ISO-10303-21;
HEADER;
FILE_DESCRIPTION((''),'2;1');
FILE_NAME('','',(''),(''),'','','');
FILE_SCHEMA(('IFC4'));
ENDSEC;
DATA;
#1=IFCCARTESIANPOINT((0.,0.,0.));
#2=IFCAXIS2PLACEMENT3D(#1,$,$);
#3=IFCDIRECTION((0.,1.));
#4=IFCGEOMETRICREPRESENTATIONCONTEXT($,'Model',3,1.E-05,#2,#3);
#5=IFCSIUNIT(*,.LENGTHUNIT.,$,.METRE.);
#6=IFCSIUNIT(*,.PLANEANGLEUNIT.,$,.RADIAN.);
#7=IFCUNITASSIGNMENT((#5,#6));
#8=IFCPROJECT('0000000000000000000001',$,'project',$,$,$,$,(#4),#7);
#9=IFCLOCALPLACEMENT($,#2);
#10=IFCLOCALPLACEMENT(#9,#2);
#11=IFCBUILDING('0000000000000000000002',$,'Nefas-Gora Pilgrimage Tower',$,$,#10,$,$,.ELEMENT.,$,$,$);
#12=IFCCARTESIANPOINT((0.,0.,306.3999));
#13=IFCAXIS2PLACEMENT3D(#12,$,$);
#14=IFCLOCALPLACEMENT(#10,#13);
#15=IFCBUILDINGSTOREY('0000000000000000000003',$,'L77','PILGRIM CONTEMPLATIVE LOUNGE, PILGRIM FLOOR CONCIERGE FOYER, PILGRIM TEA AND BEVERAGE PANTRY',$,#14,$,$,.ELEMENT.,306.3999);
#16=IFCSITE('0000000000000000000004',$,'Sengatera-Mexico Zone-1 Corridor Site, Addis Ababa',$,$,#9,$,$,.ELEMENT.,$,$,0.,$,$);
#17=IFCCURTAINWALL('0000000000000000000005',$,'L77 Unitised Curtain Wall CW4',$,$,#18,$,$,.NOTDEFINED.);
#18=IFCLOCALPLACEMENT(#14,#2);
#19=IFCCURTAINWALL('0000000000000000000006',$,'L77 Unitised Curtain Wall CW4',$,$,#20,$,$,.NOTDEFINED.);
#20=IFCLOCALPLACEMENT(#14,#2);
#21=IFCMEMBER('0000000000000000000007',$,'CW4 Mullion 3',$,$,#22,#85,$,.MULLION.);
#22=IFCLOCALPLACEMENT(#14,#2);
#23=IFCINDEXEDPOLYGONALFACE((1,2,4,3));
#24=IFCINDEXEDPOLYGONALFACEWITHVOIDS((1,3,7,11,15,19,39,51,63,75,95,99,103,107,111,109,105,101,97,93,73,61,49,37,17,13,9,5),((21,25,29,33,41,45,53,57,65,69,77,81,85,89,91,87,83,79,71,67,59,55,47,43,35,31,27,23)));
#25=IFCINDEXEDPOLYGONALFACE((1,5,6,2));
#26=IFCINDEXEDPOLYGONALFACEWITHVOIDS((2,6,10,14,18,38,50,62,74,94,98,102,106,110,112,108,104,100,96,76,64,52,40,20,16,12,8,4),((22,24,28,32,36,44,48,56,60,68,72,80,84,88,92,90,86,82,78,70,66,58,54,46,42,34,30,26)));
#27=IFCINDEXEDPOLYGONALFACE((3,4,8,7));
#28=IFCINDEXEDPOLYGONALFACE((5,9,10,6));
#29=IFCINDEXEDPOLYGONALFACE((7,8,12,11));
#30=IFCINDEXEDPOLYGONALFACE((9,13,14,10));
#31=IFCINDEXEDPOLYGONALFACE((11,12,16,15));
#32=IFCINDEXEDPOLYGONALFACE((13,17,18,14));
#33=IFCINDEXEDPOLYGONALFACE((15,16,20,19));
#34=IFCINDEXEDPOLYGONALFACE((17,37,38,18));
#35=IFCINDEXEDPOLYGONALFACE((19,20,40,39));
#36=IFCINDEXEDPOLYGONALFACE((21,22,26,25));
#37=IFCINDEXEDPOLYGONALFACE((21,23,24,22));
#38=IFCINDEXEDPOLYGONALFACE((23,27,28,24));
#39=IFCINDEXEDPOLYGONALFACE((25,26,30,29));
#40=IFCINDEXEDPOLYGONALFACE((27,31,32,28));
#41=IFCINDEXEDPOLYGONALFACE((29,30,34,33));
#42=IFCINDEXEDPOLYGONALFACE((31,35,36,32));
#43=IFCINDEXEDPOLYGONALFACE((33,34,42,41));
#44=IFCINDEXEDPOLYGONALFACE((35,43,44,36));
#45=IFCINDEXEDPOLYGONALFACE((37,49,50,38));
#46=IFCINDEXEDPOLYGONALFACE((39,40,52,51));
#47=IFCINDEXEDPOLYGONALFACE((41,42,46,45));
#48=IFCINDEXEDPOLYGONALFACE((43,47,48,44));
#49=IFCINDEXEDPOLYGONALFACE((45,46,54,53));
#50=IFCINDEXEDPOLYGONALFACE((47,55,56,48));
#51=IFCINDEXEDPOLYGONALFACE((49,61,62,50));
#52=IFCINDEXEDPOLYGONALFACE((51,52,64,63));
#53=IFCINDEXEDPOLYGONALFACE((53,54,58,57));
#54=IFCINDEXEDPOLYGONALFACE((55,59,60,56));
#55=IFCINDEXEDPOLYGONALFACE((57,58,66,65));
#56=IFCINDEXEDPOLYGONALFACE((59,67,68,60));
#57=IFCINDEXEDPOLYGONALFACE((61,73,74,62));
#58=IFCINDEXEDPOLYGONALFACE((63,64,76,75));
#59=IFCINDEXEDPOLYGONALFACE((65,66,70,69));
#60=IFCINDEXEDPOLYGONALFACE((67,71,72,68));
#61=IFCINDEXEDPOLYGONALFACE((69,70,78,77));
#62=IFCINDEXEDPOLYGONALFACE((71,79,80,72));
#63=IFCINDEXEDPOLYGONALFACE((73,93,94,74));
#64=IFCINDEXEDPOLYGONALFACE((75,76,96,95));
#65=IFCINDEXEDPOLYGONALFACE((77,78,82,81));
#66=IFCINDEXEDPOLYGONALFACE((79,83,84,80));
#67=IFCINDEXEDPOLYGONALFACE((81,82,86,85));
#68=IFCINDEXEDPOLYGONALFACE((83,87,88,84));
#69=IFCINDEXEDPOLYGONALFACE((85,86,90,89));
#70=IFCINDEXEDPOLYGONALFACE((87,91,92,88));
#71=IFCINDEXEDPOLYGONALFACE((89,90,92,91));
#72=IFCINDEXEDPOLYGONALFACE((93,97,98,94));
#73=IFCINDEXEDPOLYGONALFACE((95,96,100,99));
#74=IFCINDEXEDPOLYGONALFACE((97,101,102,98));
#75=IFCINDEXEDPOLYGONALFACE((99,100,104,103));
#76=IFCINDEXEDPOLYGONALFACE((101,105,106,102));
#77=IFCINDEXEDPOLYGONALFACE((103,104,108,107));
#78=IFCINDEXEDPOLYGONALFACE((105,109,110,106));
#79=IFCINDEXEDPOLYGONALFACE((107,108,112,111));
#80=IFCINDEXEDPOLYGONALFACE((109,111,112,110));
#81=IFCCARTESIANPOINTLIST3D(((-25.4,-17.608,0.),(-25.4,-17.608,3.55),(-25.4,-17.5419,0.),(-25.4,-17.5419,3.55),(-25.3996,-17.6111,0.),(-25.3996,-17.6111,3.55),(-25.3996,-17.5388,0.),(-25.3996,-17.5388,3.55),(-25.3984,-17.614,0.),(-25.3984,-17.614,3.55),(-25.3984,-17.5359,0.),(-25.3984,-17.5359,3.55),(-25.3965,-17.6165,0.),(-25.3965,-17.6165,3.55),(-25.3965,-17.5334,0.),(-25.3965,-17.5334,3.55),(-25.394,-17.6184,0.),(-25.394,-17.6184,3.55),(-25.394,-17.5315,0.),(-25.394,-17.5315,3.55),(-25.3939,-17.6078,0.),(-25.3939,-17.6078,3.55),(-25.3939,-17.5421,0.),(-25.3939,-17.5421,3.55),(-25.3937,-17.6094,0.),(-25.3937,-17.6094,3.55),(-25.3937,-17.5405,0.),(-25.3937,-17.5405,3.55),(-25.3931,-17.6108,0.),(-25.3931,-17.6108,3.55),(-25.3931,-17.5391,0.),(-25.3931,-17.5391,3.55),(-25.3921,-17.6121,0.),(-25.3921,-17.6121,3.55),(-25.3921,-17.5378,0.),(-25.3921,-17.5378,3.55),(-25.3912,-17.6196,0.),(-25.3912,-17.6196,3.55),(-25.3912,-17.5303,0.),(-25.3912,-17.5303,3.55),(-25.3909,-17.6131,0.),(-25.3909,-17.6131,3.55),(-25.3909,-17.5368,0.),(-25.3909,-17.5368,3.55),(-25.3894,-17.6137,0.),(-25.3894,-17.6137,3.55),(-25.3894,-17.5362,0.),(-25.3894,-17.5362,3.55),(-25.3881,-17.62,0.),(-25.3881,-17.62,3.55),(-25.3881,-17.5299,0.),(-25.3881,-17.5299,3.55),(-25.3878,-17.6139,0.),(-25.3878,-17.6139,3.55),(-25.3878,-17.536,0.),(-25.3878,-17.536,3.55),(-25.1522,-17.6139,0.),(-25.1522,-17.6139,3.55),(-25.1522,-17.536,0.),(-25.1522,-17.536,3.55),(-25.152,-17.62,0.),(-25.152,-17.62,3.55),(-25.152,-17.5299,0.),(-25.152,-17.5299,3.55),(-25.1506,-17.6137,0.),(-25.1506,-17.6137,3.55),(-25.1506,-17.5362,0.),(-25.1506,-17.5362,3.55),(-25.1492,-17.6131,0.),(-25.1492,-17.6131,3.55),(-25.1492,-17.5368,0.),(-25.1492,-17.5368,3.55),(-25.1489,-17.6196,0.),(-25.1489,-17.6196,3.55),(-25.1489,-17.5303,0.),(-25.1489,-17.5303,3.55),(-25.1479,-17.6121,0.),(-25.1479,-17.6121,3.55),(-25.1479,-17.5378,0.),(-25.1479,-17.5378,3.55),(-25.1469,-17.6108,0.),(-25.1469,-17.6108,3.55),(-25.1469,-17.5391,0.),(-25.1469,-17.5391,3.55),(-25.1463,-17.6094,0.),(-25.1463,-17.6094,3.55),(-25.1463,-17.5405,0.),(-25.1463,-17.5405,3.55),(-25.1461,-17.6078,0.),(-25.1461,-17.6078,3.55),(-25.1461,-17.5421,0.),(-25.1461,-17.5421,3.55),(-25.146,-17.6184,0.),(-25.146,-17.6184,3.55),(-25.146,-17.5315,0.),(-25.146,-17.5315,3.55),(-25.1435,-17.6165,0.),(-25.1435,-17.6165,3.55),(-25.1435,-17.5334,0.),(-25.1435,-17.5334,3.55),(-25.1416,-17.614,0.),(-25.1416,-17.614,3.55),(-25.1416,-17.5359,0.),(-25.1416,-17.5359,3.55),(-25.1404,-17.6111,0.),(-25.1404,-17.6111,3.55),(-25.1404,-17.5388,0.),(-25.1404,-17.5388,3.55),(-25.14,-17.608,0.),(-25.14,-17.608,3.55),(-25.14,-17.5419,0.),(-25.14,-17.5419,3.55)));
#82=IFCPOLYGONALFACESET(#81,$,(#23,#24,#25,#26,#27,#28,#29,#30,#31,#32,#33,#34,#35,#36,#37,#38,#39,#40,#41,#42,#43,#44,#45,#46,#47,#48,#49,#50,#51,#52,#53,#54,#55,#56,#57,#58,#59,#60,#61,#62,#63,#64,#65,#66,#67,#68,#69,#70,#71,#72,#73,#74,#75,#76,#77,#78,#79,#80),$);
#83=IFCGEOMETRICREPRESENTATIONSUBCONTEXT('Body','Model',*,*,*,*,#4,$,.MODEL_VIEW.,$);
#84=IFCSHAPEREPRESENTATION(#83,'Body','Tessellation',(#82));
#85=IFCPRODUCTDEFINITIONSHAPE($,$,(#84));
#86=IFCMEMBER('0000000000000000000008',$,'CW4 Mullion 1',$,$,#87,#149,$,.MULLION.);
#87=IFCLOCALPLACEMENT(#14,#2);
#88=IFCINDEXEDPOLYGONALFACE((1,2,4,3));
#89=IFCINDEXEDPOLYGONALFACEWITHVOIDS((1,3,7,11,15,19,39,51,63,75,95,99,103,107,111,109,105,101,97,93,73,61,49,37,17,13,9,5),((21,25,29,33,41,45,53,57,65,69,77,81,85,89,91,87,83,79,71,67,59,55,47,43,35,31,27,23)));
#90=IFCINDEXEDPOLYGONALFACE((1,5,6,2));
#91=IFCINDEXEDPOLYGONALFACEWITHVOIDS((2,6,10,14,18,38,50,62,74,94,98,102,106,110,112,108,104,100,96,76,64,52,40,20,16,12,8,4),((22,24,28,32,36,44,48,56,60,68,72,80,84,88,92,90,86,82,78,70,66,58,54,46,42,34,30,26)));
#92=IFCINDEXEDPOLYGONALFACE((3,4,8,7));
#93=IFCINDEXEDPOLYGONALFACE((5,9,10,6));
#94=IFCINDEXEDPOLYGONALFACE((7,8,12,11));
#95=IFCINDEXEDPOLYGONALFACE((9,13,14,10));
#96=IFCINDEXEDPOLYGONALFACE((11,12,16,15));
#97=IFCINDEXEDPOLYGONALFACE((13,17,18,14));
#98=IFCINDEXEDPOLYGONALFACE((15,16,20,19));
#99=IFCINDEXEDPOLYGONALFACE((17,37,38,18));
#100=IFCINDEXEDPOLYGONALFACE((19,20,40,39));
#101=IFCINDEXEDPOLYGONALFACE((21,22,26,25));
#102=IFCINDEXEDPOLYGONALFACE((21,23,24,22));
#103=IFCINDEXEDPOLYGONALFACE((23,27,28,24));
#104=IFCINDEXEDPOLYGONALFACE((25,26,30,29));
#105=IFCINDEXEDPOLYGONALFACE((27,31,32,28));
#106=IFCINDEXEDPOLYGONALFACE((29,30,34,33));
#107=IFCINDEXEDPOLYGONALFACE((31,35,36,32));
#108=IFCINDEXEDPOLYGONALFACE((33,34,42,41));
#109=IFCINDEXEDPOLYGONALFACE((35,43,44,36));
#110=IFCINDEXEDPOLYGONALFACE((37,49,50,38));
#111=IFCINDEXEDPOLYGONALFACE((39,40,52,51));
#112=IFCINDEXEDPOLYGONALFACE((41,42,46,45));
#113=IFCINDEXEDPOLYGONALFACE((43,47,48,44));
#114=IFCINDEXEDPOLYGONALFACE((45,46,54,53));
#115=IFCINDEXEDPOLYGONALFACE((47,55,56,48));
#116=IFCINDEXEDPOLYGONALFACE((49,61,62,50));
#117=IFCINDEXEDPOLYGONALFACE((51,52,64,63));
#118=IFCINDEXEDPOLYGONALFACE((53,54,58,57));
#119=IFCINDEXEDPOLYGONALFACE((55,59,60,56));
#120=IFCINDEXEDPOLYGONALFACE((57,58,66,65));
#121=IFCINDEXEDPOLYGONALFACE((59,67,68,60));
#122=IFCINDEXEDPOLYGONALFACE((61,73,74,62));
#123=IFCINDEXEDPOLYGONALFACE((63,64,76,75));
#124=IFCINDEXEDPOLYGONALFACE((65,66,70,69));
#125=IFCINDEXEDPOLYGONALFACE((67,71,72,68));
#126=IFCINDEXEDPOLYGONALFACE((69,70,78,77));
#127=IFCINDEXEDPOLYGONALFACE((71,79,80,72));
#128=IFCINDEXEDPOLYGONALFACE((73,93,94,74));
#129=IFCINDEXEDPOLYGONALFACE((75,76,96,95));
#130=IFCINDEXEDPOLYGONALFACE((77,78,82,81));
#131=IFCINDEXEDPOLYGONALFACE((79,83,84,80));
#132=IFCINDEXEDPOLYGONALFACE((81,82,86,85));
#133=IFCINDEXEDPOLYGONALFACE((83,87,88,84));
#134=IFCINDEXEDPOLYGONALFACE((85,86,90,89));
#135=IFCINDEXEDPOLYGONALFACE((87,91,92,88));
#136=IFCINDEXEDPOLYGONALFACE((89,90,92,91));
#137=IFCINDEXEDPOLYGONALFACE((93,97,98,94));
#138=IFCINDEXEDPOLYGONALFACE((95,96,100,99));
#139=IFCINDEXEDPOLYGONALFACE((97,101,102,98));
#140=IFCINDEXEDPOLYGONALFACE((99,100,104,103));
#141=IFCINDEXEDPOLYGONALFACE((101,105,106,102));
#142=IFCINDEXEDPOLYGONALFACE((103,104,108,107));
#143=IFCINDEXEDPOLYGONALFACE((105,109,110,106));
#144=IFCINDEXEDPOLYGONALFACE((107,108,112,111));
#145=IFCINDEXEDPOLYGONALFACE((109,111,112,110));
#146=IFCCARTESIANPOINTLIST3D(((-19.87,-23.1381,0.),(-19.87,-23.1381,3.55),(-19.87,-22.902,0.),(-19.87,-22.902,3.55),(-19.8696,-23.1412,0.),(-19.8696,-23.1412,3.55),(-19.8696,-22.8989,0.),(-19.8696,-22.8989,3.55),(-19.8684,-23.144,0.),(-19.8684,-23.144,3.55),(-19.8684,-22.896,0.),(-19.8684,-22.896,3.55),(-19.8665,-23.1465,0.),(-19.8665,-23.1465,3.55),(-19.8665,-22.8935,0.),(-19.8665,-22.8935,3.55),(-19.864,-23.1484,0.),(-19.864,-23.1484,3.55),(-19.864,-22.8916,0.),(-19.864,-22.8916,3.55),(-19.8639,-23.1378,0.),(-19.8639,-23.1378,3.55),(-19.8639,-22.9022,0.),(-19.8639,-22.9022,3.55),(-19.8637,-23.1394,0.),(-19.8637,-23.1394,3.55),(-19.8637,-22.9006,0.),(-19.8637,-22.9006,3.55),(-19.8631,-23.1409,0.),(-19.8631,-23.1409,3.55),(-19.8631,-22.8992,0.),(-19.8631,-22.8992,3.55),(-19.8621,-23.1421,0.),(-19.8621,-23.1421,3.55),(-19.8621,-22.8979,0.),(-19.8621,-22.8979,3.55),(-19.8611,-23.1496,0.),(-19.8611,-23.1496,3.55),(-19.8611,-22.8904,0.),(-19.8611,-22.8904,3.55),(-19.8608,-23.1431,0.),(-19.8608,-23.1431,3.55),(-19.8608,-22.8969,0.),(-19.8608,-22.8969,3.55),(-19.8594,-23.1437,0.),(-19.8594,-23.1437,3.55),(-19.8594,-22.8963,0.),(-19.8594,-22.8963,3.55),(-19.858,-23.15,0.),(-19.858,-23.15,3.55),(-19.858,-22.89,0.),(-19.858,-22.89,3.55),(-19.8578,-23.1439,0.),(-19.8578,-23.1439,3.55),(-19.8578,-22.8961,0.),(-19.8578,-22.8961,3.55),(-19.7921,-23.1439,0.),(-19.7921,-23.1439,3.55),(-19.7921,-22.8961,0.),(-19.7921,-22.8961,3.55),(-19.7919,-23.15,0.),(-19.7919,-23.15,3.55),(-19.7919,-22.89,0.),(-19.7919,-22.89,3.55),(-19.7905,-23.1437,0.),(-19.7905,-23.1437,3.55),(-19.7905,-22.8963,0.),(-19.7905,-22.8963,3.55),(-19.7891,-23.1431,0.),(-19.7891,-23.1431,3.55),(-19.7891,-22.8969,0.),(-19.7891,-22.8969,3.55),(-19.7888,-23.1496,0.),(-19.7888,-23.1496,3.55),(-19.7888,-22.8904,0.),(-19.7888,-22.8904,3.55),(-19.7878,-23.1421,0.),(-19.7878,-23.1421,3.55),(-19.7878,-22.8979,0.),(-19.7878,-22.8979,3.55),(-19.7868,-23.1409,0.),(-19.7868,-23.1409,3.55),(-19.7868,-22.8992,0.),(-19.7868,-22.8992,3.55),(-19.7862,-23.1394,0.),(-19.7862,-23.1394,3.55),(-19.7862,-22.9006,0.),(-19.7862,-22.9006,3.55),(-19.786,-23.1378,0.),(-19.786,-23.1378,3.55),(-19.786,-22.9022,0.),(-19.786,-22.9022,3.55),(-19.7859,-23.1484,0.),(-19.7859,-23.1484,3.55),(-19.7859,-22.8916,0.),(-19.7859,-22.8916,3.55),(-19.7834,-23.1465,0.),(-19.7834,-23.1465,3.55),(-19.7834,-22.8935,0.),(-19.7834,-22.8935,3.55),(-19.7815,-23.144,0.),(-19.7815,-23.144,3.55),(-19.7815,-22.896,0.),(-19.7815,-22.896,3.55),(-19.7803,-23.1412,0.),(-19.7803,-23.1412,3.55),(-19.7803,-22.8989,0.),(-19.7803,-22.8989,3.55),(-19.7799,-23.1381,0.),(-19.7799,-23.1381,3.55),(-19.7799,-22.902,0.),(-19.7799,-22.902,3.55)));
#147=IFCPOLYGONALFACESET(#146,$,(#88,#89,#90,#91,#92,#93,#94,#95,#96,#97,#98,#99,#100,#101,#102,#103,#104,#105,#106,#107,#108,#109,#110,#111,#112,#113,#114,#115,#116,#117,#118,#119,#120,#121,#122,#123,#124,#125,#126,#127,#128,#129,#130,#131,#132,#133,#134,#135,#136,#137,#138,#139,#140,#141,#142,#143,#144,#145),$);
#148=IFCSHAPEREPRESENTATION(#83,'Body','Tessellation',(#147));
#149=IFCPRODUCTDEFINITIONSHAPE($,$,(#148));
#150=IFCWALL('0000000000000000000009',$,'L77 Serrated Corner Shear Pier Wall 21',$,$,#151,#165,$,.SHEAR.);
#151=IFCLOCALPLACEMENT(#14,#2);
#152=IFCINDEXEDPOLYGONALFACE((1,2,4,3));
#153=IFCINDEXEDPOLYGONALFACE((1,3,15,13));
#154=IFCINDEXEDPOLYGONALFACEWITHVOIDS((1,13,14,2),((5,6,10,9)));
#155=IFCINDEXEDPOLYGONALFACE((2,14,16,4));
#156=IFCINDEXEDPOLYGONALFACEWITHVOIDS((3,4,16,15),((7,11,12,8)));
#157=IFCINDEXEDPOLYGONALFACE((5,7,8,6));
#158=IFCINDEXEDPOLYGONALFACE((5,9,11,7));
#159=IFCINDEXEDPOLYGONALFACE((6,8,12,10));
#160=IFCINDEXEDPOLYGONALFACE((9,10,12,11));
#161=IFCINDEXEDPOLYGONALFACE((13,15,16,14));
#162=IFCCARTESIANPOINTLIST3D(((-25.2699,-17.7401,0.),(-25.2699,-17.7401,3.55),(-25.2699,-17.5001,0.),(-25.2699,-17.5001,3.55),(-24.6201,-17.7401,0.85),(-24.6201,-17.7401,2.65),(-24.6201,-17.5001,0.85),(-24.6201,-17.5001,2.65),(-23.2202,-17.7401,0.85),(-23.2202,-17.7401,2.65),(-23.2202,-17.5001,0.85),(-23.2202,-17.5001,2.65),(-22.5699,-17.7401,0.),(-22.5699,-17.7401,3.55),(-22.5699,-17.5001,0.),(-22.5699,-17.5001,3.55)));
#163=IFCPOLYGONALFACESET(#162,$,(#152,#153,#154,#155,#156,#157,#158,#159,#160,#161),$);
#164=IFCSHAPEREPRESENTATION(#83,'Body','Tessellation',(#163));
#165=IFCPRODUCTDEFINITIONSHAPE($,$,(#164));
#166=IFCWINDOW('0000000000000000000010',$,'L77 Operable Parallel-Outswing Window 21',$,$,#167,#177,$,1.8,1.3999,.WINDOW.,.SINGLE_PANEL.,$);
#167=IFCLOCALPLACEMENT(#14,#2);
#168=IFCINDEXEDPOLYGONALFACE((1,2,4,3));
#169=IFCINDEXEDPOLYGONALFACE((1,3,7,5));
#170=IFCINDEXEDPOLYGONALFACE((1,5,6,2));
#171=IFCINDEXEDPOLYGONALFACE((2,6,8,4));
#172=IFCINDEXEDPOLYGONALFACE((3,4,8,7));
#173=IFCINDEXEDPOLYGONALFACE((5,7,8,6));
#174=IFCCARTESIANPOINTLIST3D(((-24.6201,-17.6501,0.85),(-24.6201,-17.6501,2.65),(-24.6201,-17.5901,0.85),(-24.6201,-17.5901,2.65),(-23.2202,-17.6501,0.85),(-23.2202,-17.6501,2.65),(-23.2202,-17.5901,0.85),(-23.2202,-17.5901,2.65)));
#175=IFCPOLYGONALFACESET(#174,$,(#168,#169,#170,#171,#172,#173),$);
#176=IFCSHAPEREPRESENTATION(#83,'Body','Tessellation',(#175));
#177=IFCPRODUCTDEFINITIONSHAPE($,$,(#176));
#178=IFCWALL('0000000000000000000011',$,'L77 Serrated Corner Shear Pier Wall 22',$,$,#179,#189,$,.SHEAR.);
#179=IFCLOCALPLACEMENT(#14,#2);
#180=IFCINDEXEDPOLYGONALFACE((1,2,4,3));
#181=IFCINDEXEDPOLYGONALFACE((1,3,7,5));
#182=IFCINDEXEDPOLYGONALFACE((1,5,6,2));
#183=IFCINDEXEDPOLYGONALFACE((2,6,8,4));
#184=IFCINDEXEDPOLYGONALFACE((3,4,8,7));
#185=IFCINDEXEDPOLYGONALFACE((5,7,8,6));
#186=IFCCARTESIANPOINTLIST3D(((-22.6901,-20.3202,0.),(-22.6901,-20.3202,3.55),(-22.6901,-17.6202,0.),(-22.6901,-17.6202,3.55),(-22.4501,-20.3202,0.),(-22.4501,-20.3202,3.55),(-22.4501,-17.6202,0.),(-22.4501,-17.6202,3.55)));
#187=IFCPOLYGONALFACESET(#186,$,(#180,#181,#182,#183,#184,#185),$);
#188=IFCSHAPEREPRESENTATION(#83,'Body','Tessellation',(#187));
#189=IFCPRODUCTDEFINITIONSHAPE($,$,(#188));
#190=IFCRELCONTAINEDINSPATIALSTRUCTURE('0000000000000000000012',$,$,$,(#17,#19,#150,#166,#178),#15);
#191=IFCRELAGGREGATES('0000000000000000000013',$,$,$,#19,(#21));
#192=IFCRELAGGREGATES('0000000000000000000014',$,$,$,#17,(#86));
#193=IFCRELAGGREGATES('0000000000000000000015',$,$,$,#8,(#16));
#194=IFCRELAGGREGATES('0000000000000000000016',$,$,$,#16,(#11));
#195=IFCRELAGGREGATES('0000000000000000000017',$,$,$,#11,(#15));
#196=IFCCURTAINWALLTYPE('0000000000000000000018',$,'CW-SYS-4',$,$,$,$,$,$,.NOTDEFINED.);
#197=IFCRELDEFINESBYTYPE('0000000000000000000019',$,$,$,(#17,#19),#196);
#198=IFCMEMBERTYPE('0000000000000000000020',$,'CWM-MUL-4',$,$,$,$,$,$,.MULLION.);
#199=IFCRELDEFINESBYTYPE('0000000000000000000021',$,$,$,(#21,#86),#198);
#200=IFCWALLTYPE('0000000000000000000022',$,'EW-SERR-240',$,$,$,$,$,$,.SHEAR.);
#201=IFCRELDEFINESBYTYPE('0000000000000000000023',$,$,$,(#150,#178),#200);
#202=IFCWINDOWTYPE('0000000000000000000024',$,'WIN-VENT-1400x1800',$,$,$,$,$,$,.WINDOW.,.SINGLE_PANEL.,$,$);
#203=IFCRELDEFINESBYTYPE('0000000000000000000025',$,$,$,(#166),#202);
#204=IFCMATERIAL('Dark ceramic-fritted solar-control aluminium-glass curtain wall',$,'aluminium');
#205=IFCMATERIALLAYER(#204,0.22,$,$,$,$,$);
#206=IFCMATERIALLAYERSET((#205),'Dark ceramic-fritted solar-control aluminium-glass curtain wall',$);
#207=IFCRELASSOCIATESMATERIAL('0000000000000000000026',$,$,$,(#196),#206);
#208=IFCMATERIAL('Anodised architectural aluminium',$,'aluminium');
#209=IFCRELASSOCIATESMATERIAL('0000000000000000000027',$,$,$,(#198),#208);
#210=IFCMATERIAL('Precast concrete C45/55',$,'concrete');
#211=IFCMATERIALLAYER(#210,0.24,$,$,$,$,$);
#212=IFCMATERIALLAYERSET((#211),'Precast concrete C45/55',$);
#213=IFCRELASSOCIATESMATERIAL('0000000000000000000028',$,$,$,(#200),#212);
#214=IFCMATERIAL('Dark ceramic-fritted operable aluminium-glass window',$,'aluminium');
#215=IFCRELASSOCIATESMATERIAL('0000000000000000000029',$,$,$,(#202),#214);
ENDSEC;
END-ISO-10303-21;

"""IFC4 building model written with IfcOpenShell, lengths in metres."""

from ifc_helpers import new_model, si_unit, direction, frame, frame_2d, origin, origin_2d, place, context, subcontext, project, spatial, rectangle, hollow_rectangle, extrude, source, transform, mapped, material, layer, layer_set, material_profile, profile_set, type_object, element, fill, aggregate, save


model = new_model("IFC4")

# Units and contexts
model_context = context("Model", 3, precision=1e-05, world=origin(), true_north=direction((0.0, 1.0)))
body_context = subcontext(model_context, "Body", "Model", "MODEL_VIEW")
ifc_project = project(units=[si_unit("LENGTHUNIT", "METRE"), si_unit("PLANEANGLEUNIT", "RADIAN")], contexts=[model_context])

# Site, building, storey
site_placement = place(None, origin())
site = spatial("IfcSite", under=ifc_project, at=site_placement, Name="Sengatera-Mexico Zone-1 Corridor Site, Addis Ababa", CompositionType="ELEMENT", RefElevation=0.0)
building_placement = place(site_placement, origin())
building = spatial("IfcBuilding", under=site, at=building_placement, Name="Nefas-Gora Pilgrimage Tower", CompositionType="ELEMENT")
storey_placement = place(building_placement, frame((0.0, 0.0, 306.3999)))
storey = spatial("IfcBuildingStorey", under=building, at=storey_placement, Name="L77", Description="PILGRIM CONTEMPLATIVE LOUNGE, PILGRIM FLOOR CONCIERGE FOYER, PILGRIM TEA AND BEVERAGE PANTRY", CompositionType="ELEMENT", Elevation=306.3999)

# Curtain walls, member
ifc_material_1 = material(Name="Dark ceramic-fritted solar-control aluminium-glass curtain wall", Category="aluminium")
ifc_layer_1 = layer(ifc_material_1, 0.22)
ifc_layer_set_1 = layer_set([ifc_layer_1], Name="Dark ceramic-fritted solar-control aluminium-glass curtain wall")
curtain_wall_type = type_object("IfcCurtainWallType", Name="CW-SYS-4", PredefinedType="NOTDEFINED", material=ifc_layer_set_1)
curtain_wall_1_placement = place(storey_placement, origin())
curtain_wall_1 = element("IfcCurtainWall", 1, at=curtain_wall_1_placement, inside=storey, type_object=curtain_wall_type, Name="L77 Unitised Curtain Wall CW4", PredefinedType="NOTDEFINED")
ifc_material_2 = material(Name="Anodised architectural aluminium", Category="aluminium")
curtain_wall_2_placement = place(storey_placement, origin())
curtain_wall_2 = element("IfcCurtainWall", 2, at=curtain_wall_2_placement, inside=storey, type_object=curtain_wall_type, Name="L77 Unitised Curtain Wall CW4", PredefinedType="NOTDEFINED")
ifc_material_profile_1 = material_profile(ifc_material_2, hollow_rectangle(XDim=0.0901, YDim=0.26, WallThickness=0.0061, InnerFilletRadius=0.0061, OuterFilletRadius=0.012, at=origin_2d()), Name="ALU MULLION 90x260")
ifc_profile_set_1 = profile_set([ifc_material_profile_1], Name="Anodised architectural aluminium")
member_type_1 = type_object("IfcMemberType", Name="CWM-MUL-4", PredefinedType="MULLION", material=ifc_profile_set_1)
shared_shape_1 = source(origin(), body_context, "Body", "SweptSolid", [
    extrude(hollow_rectangle(XDim=0.0901, YDim=0.26, WallThickness=0.0061, InnerFilletRadius=0.0061, OuterFilletRadius=0.012, at=origin_2d()), origin(), (0.0, 0.0, 1.0), 3.55),
])
member_1_placement = place(storey_placement, frame((-25.27, -17.575, 0.0), z_axis=(0.0, 0.0, 1.0), x_axis=(0.0, -1.0, 0.0)))
member_1 = element("IfcMember", 3, at=member_1_placement, type_object=member_type_1, Name="CW4 Mullion 3", PredefinedType="MULLION", context=body_context, shape_type="MappedRepresentation", body=[
    mapped(shared_shape_1, transform((0.0, 0.0, 0.0), x_axis=(1.0, 0.0, 0.0), y_axis=(0.0, 1.0, 0.0), z_axis=(0.0, 0.0, 1.0), scale=1.0)),
])
aggregate(curtain_wall_2, [member_1])

# Member
member_2_placement = place(storey_placement, frame((-19.825, -23.02, 0.0), z_axis=(0.0, 0.0, 1.0), x_axis=(1.0, 0.0, 0.0)))
member_2 = element("IfcMember", 4, at=member_2_placement, type_object=member_type_1, Name="CW4 Mullion 1", PredefinedType="MULLION", context=body_context, shape_type="MappedRepresentation", body=[
    mapped(shared_shape_1, transform((0.0, 0.0, 0.0), x_axis=(1.0, 0.0, 0.0), y_axis=(0.0, 1.0, 0.0), z_axis=(0.0, 0.0, 1.0), scale=1.0)),
])
aggregate(curtain_wall_1, [member_2])

# Wall, opening, window
ifc_material_3 = material(Name="Precast concrete C45/55", Category="concrete")
ifc_layer_2 = layer(ifc_material_3, 0.24)
ifc_layer_set_2 = layer_set([ifc_layer_2], Name="Precast concrete C45/55")
wall_type_1 = type_object("IfcWallType", Name="EW-SERR-240", PredefinedType="SHEAR", material=ifc_layer_set_2)
shared_shape_2 = source(origin(), body_context, "Body", "SweptSolid", [
    extrude(rectangle(XDim=2.7, YDim=0.24, at=frame_2d((1.3501, 0.0))), origin(), (0.0, 0.0, 1.0), 3.55),
])
wall_1_placement = place(storey_placement, frame((-25.27, -17.6201, 0.0), z_axis=(0.0, 0.0, 1.0), x_axis=(1.0, 0.0, 0.0)))
wall_1 = element("IfcWall", 5, at=wall_1_placement, inside=storey, type_object=wall_type_1, Name="L77 Serrated Corner Shear Pier Wall 21", PredefinedType="SHEAR", context=body_context, shape_type="MappedRepresentation", body=[
    mapped(shared_shape_2, transform((0.0, 0.0, 0.0), x_axis=(1.0, 0.0, 0.0), y_axis=(0.0, 1.0, 0.0), z_axis=(0.0, 0.0, 1.0), scale=1.0)),
])
opening_1_placement = place(wall_1_placement, frame((0.6499, 0.0, 0.8501)))
opening_1 = element("IfcOpeningElement", 6, at=opening_1_placement, cuts=wall_1, PredefinedType="OPENING", context=body_context, shape_type="SweptSolid", body=[
    extrude(rectangle(XDim=1.3999, YDim=1.8, at=frame_2d((0.7, 0.8999))), frame((0.0, 0.1299, 0.0), z_axis=(0.0, -1.0, 0.0), x_axis=(1.0, 0.0, 0.0)), (0.0, 0.0, 1.0), 0.26),
])
ifc_material_4 = material(Name="Dark ceramic-fritted operable aluminium-glass window", Category="aluminium")
window_type = type_object("IfcWindowType", Name="WIN-VENT-1400x1800", PartitioningType="SINGLE_PANEL", PredefinedType="WINDOW", material=ifc_material_4)
shared_shape_3 = source(origin(), body_context, "Body", "SweptSolid", [
    extrude(rectangle(XDim=1.3999, YDim=1.8, at=frame_2d((0.7, 0.8999))), frame((0.0, 0.03, 0.0), z_axis=(0.0, -1.0, 0.0), x_axis=(1.0, 0.0, 0.0)), (0.0, 0.0, 1.0), 0.0601),
])
window_placement = place(opening_1_placement, origin())
window = element("IfcWindow", 7, at=window_placement, inside=storey, type_object=window_type, Name="L77 Operable Parallel-Outswing Window 21", OverallHeight=1.8, OverallWidth=1.3999, PartitioningType="SINGLE_PANEL", PredefinedType="WINDOW", context=body_context, shape_type="MappedRepresentation", body=[
    mapped(shared_shape_3, transform((0.0, 0.0, 0.0), x_axis=(1.0, 0.0, 0.0), y_axis=(0.0, 1.0, 0.0), z_axis=(0.0, 0.0, 1.0), scale=1.0)),
])
fill(opening_1, window)

# Wall
for number, where, z_axis, x_axis, name in (
    (8, (-22.5701, -17.6201, 0.0), (0.0, 0.0, 1.0), (0.0, -1.0, 0.0), "L77 Serrated Corner Shear Pier Wall 22"),
):
    element("IfcWall", number, at=place(storey_placement, frame(where, z_axis=z_axis, x_axis=x_axis)), inside=storey, type_object=wall_type_1, Name=name, PredefinedType="SHEAR", context=body_context, shape_type="MappedRepresentation", body=[
        mapped(shared_shape_2, transform((0.0, 0.0, 0.0), x_axis=(1.0, 0.0, 0.0), y_axis=(0.0, 1.0, 0.0), z_axis=(0.0, 0.0, 1.0), scale=1.0)),
    ])

save(model, "model.ifc")
